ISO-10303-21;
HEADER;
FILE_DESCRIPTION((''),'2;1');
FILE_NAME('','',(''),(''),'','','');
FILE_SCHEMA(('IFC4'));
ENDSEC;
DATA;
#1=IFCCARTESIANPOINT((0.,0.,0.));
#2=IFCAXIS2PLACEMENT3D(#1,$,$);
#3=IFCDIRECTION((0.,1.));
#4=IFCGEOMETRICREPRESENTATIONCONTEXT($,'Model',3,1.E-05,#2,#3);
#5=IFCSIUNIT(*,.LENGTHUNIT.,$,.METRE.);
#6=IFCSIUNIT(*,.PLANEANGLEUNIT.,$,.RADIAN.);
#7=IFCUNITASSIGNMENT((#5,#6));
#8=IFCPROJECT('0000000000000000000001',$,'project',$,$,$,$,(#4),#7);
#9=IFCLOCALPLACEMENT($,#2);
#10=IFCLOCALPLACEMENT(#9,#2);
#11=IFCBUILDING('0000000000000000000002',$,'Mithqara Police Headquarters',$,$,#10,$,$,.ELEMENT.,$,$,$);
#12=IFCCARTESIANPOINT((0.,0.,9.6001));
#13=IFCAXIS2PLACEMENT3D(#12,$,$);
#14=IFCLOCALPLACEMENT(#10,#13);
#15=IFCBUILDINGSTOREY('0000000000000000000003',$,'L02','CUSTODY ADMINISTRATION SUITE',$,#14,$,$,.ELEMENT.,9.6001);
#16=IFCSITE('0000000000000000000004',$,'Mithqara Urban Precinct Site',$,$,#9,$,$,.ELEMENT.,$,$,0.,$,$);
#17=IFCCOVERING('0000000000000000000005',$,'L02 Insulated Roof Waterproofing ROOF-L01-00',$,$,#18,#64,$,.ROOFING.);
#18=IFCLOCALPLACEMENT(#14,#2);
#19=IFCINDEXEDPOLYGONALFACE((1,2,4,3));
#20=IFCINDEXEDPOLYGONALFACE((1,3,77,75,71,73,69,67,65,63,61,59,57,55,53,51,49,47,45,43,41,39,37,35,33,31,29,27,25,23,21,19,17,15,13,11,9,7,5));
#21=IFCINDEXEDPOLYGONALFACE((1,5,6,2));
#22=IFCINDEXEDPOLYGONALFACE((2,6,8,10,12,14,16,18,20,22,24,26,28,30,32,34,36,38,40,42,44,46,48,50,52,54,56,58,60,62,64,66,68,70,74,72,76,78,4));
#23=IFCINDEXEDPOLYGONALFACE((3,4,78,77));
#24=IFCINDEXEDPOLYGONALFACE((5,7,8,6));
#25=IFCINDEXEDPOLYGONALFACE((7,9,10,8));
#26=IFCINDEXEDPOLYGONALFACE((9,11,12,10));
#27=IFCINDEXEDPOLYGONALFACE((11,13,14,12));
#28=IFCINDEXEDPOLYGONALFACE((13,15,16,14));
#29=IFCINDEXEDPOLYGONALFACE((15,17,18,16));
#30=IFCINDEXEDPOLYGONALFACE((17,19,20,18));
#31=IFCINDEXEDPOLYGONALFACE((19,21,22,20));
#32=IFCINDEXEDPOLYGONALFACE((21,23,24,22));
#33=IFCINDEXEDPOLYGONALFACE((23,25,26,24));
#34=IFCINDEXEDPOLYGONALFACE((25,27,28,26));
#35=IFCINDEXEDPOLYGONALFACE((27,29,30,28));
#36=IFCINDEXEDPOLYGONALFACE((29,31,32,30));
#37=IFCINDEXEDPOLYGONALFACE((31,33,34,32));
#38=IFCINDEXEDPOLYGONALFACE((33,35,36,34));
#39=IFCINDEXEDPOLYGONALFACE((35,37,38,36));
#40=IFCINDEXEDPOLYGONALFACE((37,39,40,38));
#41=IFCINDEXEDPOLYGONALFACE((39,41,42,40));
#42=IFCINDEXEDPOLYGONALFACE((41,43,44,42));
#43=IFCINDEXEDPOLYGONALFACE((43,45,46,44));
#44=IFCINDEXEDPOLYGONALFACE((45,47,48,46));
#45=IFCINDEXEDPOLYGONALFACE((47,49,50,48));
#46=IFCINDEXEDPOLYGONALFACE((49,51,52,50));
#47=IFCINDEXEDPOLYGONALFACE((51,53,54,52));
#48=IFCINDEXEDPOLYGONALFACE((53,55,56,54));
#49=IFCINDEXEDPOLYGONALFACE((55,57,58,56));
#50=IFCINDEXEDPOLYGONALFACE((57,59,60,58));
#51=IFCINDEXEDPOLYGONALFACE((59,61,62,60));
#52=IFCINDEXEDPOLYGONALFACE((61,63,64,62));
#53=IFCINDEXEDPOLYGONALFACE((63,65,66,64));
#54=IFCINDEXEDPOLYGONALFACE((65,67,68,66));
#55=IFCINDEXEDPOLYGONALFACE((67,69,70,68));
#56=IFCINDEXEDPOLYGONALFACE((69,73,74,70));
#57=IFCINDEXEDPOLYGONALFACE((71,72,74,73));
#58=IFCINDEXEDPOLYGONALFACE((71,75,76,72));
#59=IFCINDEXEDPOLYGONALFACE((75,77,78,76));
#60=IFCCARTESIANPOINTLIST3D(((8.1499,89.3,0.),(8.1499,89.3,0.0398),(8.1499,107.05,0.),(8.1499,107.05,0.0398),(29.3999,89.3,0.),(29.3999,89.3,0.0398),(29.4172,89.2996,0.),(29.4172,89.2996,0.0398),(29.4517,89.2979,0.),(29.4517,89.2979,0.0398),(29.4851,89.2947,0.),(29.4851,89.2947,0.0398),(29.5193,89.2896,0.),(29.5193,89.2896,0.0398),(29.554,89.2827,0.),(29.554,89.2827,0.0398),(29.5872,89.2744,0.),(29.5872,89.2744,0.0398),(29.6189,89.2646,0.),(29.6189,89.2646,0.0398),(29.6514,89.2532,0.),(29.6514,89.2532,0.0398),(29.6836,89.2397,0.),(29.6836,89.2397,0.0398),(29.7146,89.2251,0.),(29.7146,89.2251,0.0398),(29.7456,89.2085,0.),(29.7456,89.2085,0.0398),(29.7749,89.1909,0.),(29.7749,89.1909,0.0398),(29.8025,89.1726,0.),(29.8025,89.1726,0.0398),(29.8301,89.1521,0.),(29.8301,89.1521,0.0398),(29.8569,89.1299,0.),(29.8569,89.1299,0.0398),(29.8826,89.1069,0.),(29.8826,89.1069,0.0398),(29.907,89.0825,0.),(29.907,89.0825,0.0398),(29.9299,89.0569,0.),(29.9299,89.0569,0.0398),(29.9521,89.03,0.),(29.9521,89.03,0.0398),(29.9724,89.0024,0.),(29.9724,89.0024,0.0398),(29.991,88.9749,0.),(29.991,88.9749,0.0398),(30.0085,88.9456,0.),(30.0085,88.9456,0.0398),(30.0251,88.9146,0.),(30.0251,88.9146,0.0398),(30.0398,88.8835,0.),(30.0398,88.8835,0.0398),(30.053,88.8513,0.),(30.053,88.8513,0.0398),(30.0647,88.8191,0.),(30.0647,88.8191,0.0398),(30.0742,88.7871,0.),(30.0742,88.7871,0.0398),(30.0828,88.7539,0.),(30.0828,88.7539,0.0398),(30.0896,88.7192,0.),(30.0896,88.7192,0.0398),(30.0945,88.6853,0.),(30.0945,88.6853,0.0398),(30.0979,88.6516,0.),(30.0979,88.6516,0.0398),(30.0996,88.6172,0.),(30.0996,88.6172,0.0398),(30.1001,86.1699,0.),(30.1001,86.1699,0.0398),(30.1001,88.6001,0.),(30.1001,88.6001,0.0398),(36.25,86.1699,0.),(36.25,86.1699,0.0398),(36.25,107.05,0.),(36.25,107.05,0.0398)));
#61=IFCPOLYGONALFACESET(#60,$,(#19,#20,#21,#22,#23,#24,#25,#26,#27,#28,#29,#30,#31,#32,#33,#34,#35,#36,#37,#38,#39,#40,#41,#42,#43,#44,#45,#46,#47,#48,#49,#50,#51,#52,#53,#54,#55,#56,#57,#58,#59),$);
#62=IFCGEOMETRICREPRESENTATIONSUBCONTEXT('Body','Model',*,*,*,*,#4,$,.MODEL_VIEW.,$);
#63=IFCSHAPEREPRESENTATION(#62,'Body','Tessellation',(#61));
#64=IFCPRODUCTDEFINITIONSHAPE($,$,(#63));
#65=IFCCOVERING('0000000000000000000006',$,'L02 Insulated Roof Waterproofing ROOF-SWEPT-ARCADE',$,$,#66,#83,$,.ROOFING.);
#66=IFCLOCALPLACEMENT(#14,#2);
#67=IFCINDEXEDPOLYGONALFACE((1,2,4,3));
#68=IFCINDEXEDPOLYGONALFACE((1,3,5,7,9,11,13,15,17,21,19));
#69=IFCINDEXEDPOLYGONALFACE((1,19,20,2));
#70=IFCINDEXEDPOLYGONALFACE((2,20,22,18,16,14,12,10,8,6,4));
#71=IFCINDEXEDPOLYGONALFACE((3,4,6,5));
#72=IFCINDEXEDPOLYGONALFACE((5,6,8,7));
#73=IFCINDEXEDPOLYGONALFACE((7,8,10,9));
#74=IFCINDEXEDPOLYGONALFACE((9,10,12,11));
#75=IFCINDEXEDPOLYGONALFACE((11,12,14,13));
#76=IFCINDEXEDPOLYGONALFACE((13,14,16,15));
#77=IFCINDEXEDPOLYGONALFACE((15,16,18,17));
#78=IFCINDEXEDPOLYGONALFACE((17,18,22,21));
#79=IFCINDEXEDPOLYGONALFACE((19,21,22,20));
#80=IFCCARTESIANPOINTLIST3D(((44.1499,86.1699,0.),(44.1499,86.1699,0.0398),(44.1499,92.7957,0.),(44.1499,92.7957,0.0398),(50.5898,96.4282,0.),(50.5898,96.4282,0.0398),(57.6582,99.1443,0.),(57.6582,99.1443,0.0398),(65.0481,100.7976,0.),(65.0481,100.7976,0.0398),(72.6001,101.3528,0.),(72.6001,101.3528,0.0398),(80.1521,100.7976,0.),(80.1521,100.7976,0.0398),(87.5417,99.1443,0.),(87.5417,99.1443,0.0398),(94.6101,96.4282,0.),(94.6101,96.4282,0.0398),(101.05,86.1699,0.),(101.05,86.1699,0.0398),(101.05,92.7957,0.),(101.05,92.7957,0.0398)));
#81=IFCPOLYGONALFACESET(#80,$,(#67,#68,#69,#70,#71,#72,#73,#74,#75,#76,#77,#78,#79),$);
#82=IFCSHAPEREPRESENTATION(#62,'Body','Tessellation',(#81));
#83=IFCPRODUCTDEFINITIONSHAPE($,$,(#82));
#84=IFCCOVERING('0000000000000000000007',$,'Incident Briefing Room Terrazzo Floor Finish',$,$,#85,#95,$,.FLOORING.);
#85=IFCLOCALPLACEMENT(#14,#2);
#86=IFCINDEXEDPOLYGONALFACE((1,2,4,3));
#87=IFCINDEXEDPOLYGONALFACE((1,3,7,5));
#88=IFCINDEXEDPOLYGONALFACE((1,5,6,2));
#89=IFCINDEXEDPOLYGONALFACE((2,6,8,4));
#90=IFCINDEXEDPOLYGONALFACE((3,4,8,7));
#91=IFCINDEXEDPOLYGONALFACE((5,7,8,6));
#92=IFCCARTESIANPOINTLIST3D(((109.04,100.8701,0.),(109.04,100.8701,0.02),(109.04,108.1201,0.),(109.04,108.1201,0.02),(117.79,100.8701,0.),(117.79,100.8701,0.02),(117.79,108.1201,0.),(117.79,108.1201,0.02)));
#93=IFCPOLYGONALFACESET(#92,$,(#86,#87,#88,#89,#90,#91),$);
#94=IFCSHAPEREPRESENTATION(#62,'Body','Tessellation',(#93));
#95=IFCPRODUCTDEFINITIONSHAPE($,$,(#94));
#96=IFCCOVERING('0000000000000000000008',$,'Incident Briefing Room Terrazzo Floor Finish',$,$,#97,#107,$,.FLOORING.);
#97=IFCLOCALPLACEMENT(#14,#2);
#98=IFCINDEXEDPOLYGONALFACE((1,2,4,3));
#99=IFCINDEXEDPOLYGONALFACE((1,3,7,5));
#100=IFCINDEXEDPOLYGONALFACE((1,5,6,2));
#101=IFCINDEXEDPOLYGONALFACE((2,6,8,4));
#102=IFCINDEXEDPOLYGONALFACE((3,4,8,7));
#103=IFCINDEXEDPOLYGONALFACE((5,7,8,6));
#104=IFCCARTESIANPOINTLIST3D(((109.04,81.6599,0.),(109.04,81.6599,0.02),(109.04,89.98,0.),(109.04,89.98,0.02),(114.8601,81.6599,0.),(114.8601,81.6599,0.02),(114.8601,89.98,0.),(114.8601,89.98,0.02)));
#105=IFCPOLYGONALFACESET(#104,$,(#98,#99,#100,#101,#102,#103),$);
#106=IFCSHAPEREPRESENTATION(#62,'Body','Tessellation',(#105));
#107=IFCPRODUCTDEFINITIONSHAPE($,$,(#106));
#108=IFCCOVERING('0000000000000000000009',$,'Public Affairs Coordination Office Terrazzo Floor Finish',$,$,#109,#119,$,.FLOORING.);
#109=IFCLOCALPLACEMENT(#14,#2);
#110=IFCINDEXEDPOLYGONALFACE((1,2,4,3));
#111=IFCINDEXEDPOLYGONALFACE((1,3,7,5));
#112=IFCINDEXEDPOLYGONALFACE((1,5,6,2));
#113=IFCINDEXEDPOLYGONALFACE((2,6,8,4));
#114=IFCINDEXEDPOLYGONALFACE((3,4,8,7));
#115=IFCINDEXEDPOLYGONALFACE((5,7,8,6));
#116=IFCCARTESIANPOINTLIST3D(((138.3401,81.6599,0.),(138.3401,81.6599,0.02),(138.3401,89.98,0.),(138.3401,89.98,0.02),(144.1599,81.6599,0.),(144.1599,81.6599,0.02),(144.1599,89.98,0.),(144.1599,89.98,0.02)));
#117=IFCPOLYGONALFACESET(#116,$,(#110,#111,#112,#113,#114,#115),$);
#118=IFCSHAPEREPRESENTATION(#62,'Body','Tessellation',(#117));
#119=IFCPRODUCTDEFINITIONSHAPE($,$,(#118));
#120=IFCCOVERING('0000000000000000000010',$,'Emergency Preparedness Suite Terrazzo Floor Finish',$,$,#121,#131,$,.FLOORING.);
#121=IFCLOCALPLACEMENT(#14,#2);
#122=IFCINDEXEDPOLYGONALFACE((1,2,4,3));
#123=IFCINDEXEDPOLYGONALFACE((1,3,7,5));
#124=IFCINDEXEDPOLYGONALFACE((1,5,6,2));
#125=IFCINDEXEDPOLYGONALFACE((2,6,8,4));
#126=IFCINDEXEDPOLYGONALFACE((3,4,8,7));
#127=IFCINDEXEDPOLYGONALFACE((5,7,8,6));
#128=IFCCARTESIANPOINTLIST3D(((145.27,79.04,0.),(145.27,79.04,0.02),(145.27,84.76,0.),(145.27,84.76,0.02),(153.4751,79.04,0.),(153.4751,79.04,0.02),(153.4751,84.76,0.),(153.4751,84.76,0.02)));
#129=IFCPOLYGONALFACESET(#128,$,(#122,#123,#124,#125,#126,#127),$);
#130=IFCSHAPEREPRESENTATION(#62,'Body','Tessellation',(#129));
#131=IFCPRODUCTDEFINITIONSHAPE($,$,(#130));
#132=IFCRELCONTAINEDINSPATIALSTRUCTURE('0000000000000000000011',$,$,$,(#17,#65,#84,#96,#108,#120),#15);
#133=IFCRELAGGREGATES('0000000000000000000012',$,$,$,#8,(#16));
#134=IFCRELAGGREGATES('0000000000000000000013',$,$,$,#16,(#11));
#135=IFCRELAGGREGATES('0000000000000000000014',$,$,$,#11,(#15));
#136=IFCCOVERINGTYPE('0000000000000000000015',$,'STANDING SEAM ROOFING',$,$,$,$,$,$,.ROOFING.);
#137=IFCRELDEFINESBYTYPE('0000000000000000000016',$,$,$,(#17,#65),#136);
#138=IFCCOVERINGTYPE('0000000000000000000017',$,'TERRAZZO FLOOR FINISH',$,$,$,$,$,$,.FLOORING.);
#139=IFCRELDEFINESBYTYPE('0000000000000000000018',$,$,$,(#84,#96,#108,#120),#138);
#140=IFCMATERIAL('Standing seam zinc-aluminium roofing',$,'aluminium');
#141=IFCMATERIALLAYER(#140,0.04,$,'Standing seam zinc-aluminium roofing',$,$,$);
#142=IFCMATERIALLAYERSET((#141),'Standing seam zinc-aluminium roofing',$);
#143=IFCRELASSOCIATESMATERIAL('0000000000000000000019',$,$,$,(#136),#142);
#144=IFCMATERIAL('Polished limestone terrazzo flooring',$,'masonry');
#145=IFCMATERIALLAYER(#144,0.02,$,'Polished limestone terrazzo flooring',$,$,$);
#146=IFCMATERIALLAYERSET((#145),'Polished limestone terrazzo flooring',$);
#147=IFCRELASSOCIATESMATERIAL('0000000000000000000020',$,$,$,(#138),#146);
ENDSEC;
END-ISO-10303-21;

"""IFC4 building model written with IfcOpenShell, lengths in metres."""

from ifc_helpers import new_model, si_unit, direction, frame, origin, place, context, subcontext, project, spatial, polyline, outline, extrude, material, layer, layer_set, type_object, element, save


model = new_model("IFC4")

# Units and contexts
model_context = context("Model", 3, precision=1e-05, world=origin(), true_north=direction((0.0, 1.0)))
body_context = subcontext(model_context, "Body", "Model", "MODEL_VIEW")
ifc_project = project(units=[si_unit("LENGTHUNIT", "METRE"), si_unit("PLANEANGLEUNIT", "RADIAN")], contexts=[model_context])

# Site, building, storey
site_placement = place(None, origin())
site = spatial("IfcSite", under=ifc_project, at=site_placement, Name="Mithqara Urban Precinct Site", CompositionType="ELEMENT", RefElevation=0.0)
building_placement = place(site_placement, origin())
building = spatial("IfcBuilding", under=site, at=building_placement, Name="Mithqara Police Headquarters", CompositionType="ELEMENT")
storey_placement = place(building_placement, frame((0.0, 0.0, 9.6001)))
storey = spatial("IfcBuildingStorey", under=building, at=storey_placement, Name="L02", Description="CUSTODY ADMINISTRATION SUITE", CompositionType="ELEMENT", Elevation=9.6001)

# Coverings
ifc_material_1 = material(Name="Standing seam zinc-aluminium roofing", Category="aluminium")
ifc_layer_1 = layer(ifc_material_1, 0.04, Name="Standing seam zinc-aluminium roofing")
ifc_layer_set_1 = layer_set([ifc_layer_1], Name="Standing seam zinc-aluminium roofing")
covering_type_1 = type_object("IfcCoveringType", Name="STANDING SEAM ROOFING", PredefinedType="ROOFING", material=ifc_layer_set_1)
covering_1_placement = place(storey_placement, origin())
element("IfcCovering", 1, at=covering_1_placement, inside=storey, type_object=covering_type_1, Name="L02 Insulated Roof Waterproofing ROOF-L01-00", PredefinedType="ROOFING", context=body_context, shape_type="SweptSolid", body=[
    extrude(outline(polyline([(8.1499, 107.05), (36.25, 107.05), (36.25, 86.1699), (30.1001, 86.1699), (30.1001, 88.6001), (30.0996, 88.6172), (30.0979, 88.6516), (30.0945, 88.6853), (30.0896, 88.7192), (30.0828, 88.7539), (30.0742, 88.7871), (30.0647, 88.8191), (30.053, 88.8513), (30.0398, 88.8835), (30.0251, 88.9146), (30.0085, 88.9456), (29.991, 88.9749), (29.9724, 89.0024), (29.9521, 89.03), (29.9299, 89.0569), (29.907, 89.0825), (29.8826, 89.1069), (29.8569, 89.1299), (29.8301, 89.1521), (29.8025, 89.1726), (29.7749, 89.1909), (29.7456, 89.2085), (29.7146, 89.2251), (29.6836, 89.2397), (29.6514, 89.2532), (29.6189, 89.2646), (29.5872, 89.2744), (29.554, 89.2827), (29.5193, 89.2896), (29.4851, 89.2947), (29.4517, 89.2979), (29.4172, 89.2996), (29.3999, 89.3), (8.1499, 89.3), (8.1499, 107.05)])), origin(), (0.0, 0.0, 1.0), 0.0398),
])
covering_2_placement = place(storey_placement, origin())
element("IfcCovering", 2, at=covering_2_placement, inside=storey, type_object=covering_type_1, Name="L02 Insulated Roof Waterproofing ROOF-SWEPT-ARCADE", PredefinedType="ROOFING", context=body_context, shape_type="SweptSolid", body=[
    extrude(outline(polyline([(44.1499, 92.7957), (50.5898, 96.4282), (57.6582, 99.1443), (65.0481, 100.7976), (72.6001, 101.3528), (80.1521, 100.7976), (87.5417, 99.1443), (94.6101, 96.4282), (101.05, 92.7957), (101.05, 86.1699), (44.1499, 86.1699), (44.1499, 92.7957)])), origin(), (0.0, 0.0, 1.0), 0.0398),
])
ifc_material_2 = material(Name="Polished limestone terrazzo flooring", Category="masonry")
ifc_layer_2 = layer(ifc_material_2, 0.02, Name="Polished limestone terrazzo flooring")
ifc_layer_set_2 = layer_set([ifc_layer_2], Name="Polished limestone terrazzo flooring")
covering_type_2 = type_object("IfcCoveringType", Name="TERRAZZO FLOOR FINISH", PredefinedType="FLOORING", material=ifc_layer_set_2)
covering_3_placement = place(storey_placement, origin())
element("IfcCovering", 3, at=covering_3_placement, inside=storey, type_object=covering_type_2, Name="Incident Briefing Room Terrazzo Floor Finish", PredefinedType="FLOORING", context=body_context, shape_type="SweptSolid", body=[
    extrude(outline(polyline([(109.04, 100.8701), (117.79, 100.8701), (117.79, 108.1201), (109.04, 108.1201), (109.04, 100.8701)])), origin(), (0.0, 0.0, 1.0), 0.02),
])
covering_4_placement = place(storey_placement, origin())
element("IfcCovering", 4, at=covering_4_placement, inside=storey, type_object=covering_type_2, Name="Incident Briefing Room Terrazzo Floor Finish", PredefinedType="FLOORING", context=body_context, shape_type="SweptSolid", body=[
    extrude(outline(polyline([(109.04, 81.6599), (114.8601, 81.6599), (114.8601, 89.98), (109.04, 89.98), (109.04, 81.6599)])), origin(), (0.0, 0.0, 1.0), 0.02),
])
covering_5_placement = place(storey_placement, origin())
element("IfcCovering", 5, at=covering_5_placement, inside=storey, type_object=covering_type_2, Name="Public Affairs Coordination Office Terrazzo Floor Finish", PredefinedType="FLOORING", context=body_context, shape_type="SweptSolid", body=[
    extrude(outline(polyline([(138.3401, 81.6599), (144.1599, 81.6599), (144.1599, 89.98), (138.3401, 89.98), (138.3401, 81.6599)])), origin(), (0.0, 0.0, 1.0), 0.02),
])
covering_6_placement = place(storey_placement, origin())
element("IfcCovering", 6, at=covering_6_placement, inside=storey, type_object=covering_type_2, Name="Emergency Preparedness Suite Terrazzo Floor Finish", PredefinedType="FLOORING", context=body_context, shape_type="SweptSolid", body=[
    extrude(outline(polyline([(145.27, 79.04), (153.4751, 79.04), (153.4751, 84.76), (145.27, 84.76), (145.27, 79.04)])), origin(), (0.0, 0.0, 1.0), 0.02),
])

save(model, "model.ifc")
